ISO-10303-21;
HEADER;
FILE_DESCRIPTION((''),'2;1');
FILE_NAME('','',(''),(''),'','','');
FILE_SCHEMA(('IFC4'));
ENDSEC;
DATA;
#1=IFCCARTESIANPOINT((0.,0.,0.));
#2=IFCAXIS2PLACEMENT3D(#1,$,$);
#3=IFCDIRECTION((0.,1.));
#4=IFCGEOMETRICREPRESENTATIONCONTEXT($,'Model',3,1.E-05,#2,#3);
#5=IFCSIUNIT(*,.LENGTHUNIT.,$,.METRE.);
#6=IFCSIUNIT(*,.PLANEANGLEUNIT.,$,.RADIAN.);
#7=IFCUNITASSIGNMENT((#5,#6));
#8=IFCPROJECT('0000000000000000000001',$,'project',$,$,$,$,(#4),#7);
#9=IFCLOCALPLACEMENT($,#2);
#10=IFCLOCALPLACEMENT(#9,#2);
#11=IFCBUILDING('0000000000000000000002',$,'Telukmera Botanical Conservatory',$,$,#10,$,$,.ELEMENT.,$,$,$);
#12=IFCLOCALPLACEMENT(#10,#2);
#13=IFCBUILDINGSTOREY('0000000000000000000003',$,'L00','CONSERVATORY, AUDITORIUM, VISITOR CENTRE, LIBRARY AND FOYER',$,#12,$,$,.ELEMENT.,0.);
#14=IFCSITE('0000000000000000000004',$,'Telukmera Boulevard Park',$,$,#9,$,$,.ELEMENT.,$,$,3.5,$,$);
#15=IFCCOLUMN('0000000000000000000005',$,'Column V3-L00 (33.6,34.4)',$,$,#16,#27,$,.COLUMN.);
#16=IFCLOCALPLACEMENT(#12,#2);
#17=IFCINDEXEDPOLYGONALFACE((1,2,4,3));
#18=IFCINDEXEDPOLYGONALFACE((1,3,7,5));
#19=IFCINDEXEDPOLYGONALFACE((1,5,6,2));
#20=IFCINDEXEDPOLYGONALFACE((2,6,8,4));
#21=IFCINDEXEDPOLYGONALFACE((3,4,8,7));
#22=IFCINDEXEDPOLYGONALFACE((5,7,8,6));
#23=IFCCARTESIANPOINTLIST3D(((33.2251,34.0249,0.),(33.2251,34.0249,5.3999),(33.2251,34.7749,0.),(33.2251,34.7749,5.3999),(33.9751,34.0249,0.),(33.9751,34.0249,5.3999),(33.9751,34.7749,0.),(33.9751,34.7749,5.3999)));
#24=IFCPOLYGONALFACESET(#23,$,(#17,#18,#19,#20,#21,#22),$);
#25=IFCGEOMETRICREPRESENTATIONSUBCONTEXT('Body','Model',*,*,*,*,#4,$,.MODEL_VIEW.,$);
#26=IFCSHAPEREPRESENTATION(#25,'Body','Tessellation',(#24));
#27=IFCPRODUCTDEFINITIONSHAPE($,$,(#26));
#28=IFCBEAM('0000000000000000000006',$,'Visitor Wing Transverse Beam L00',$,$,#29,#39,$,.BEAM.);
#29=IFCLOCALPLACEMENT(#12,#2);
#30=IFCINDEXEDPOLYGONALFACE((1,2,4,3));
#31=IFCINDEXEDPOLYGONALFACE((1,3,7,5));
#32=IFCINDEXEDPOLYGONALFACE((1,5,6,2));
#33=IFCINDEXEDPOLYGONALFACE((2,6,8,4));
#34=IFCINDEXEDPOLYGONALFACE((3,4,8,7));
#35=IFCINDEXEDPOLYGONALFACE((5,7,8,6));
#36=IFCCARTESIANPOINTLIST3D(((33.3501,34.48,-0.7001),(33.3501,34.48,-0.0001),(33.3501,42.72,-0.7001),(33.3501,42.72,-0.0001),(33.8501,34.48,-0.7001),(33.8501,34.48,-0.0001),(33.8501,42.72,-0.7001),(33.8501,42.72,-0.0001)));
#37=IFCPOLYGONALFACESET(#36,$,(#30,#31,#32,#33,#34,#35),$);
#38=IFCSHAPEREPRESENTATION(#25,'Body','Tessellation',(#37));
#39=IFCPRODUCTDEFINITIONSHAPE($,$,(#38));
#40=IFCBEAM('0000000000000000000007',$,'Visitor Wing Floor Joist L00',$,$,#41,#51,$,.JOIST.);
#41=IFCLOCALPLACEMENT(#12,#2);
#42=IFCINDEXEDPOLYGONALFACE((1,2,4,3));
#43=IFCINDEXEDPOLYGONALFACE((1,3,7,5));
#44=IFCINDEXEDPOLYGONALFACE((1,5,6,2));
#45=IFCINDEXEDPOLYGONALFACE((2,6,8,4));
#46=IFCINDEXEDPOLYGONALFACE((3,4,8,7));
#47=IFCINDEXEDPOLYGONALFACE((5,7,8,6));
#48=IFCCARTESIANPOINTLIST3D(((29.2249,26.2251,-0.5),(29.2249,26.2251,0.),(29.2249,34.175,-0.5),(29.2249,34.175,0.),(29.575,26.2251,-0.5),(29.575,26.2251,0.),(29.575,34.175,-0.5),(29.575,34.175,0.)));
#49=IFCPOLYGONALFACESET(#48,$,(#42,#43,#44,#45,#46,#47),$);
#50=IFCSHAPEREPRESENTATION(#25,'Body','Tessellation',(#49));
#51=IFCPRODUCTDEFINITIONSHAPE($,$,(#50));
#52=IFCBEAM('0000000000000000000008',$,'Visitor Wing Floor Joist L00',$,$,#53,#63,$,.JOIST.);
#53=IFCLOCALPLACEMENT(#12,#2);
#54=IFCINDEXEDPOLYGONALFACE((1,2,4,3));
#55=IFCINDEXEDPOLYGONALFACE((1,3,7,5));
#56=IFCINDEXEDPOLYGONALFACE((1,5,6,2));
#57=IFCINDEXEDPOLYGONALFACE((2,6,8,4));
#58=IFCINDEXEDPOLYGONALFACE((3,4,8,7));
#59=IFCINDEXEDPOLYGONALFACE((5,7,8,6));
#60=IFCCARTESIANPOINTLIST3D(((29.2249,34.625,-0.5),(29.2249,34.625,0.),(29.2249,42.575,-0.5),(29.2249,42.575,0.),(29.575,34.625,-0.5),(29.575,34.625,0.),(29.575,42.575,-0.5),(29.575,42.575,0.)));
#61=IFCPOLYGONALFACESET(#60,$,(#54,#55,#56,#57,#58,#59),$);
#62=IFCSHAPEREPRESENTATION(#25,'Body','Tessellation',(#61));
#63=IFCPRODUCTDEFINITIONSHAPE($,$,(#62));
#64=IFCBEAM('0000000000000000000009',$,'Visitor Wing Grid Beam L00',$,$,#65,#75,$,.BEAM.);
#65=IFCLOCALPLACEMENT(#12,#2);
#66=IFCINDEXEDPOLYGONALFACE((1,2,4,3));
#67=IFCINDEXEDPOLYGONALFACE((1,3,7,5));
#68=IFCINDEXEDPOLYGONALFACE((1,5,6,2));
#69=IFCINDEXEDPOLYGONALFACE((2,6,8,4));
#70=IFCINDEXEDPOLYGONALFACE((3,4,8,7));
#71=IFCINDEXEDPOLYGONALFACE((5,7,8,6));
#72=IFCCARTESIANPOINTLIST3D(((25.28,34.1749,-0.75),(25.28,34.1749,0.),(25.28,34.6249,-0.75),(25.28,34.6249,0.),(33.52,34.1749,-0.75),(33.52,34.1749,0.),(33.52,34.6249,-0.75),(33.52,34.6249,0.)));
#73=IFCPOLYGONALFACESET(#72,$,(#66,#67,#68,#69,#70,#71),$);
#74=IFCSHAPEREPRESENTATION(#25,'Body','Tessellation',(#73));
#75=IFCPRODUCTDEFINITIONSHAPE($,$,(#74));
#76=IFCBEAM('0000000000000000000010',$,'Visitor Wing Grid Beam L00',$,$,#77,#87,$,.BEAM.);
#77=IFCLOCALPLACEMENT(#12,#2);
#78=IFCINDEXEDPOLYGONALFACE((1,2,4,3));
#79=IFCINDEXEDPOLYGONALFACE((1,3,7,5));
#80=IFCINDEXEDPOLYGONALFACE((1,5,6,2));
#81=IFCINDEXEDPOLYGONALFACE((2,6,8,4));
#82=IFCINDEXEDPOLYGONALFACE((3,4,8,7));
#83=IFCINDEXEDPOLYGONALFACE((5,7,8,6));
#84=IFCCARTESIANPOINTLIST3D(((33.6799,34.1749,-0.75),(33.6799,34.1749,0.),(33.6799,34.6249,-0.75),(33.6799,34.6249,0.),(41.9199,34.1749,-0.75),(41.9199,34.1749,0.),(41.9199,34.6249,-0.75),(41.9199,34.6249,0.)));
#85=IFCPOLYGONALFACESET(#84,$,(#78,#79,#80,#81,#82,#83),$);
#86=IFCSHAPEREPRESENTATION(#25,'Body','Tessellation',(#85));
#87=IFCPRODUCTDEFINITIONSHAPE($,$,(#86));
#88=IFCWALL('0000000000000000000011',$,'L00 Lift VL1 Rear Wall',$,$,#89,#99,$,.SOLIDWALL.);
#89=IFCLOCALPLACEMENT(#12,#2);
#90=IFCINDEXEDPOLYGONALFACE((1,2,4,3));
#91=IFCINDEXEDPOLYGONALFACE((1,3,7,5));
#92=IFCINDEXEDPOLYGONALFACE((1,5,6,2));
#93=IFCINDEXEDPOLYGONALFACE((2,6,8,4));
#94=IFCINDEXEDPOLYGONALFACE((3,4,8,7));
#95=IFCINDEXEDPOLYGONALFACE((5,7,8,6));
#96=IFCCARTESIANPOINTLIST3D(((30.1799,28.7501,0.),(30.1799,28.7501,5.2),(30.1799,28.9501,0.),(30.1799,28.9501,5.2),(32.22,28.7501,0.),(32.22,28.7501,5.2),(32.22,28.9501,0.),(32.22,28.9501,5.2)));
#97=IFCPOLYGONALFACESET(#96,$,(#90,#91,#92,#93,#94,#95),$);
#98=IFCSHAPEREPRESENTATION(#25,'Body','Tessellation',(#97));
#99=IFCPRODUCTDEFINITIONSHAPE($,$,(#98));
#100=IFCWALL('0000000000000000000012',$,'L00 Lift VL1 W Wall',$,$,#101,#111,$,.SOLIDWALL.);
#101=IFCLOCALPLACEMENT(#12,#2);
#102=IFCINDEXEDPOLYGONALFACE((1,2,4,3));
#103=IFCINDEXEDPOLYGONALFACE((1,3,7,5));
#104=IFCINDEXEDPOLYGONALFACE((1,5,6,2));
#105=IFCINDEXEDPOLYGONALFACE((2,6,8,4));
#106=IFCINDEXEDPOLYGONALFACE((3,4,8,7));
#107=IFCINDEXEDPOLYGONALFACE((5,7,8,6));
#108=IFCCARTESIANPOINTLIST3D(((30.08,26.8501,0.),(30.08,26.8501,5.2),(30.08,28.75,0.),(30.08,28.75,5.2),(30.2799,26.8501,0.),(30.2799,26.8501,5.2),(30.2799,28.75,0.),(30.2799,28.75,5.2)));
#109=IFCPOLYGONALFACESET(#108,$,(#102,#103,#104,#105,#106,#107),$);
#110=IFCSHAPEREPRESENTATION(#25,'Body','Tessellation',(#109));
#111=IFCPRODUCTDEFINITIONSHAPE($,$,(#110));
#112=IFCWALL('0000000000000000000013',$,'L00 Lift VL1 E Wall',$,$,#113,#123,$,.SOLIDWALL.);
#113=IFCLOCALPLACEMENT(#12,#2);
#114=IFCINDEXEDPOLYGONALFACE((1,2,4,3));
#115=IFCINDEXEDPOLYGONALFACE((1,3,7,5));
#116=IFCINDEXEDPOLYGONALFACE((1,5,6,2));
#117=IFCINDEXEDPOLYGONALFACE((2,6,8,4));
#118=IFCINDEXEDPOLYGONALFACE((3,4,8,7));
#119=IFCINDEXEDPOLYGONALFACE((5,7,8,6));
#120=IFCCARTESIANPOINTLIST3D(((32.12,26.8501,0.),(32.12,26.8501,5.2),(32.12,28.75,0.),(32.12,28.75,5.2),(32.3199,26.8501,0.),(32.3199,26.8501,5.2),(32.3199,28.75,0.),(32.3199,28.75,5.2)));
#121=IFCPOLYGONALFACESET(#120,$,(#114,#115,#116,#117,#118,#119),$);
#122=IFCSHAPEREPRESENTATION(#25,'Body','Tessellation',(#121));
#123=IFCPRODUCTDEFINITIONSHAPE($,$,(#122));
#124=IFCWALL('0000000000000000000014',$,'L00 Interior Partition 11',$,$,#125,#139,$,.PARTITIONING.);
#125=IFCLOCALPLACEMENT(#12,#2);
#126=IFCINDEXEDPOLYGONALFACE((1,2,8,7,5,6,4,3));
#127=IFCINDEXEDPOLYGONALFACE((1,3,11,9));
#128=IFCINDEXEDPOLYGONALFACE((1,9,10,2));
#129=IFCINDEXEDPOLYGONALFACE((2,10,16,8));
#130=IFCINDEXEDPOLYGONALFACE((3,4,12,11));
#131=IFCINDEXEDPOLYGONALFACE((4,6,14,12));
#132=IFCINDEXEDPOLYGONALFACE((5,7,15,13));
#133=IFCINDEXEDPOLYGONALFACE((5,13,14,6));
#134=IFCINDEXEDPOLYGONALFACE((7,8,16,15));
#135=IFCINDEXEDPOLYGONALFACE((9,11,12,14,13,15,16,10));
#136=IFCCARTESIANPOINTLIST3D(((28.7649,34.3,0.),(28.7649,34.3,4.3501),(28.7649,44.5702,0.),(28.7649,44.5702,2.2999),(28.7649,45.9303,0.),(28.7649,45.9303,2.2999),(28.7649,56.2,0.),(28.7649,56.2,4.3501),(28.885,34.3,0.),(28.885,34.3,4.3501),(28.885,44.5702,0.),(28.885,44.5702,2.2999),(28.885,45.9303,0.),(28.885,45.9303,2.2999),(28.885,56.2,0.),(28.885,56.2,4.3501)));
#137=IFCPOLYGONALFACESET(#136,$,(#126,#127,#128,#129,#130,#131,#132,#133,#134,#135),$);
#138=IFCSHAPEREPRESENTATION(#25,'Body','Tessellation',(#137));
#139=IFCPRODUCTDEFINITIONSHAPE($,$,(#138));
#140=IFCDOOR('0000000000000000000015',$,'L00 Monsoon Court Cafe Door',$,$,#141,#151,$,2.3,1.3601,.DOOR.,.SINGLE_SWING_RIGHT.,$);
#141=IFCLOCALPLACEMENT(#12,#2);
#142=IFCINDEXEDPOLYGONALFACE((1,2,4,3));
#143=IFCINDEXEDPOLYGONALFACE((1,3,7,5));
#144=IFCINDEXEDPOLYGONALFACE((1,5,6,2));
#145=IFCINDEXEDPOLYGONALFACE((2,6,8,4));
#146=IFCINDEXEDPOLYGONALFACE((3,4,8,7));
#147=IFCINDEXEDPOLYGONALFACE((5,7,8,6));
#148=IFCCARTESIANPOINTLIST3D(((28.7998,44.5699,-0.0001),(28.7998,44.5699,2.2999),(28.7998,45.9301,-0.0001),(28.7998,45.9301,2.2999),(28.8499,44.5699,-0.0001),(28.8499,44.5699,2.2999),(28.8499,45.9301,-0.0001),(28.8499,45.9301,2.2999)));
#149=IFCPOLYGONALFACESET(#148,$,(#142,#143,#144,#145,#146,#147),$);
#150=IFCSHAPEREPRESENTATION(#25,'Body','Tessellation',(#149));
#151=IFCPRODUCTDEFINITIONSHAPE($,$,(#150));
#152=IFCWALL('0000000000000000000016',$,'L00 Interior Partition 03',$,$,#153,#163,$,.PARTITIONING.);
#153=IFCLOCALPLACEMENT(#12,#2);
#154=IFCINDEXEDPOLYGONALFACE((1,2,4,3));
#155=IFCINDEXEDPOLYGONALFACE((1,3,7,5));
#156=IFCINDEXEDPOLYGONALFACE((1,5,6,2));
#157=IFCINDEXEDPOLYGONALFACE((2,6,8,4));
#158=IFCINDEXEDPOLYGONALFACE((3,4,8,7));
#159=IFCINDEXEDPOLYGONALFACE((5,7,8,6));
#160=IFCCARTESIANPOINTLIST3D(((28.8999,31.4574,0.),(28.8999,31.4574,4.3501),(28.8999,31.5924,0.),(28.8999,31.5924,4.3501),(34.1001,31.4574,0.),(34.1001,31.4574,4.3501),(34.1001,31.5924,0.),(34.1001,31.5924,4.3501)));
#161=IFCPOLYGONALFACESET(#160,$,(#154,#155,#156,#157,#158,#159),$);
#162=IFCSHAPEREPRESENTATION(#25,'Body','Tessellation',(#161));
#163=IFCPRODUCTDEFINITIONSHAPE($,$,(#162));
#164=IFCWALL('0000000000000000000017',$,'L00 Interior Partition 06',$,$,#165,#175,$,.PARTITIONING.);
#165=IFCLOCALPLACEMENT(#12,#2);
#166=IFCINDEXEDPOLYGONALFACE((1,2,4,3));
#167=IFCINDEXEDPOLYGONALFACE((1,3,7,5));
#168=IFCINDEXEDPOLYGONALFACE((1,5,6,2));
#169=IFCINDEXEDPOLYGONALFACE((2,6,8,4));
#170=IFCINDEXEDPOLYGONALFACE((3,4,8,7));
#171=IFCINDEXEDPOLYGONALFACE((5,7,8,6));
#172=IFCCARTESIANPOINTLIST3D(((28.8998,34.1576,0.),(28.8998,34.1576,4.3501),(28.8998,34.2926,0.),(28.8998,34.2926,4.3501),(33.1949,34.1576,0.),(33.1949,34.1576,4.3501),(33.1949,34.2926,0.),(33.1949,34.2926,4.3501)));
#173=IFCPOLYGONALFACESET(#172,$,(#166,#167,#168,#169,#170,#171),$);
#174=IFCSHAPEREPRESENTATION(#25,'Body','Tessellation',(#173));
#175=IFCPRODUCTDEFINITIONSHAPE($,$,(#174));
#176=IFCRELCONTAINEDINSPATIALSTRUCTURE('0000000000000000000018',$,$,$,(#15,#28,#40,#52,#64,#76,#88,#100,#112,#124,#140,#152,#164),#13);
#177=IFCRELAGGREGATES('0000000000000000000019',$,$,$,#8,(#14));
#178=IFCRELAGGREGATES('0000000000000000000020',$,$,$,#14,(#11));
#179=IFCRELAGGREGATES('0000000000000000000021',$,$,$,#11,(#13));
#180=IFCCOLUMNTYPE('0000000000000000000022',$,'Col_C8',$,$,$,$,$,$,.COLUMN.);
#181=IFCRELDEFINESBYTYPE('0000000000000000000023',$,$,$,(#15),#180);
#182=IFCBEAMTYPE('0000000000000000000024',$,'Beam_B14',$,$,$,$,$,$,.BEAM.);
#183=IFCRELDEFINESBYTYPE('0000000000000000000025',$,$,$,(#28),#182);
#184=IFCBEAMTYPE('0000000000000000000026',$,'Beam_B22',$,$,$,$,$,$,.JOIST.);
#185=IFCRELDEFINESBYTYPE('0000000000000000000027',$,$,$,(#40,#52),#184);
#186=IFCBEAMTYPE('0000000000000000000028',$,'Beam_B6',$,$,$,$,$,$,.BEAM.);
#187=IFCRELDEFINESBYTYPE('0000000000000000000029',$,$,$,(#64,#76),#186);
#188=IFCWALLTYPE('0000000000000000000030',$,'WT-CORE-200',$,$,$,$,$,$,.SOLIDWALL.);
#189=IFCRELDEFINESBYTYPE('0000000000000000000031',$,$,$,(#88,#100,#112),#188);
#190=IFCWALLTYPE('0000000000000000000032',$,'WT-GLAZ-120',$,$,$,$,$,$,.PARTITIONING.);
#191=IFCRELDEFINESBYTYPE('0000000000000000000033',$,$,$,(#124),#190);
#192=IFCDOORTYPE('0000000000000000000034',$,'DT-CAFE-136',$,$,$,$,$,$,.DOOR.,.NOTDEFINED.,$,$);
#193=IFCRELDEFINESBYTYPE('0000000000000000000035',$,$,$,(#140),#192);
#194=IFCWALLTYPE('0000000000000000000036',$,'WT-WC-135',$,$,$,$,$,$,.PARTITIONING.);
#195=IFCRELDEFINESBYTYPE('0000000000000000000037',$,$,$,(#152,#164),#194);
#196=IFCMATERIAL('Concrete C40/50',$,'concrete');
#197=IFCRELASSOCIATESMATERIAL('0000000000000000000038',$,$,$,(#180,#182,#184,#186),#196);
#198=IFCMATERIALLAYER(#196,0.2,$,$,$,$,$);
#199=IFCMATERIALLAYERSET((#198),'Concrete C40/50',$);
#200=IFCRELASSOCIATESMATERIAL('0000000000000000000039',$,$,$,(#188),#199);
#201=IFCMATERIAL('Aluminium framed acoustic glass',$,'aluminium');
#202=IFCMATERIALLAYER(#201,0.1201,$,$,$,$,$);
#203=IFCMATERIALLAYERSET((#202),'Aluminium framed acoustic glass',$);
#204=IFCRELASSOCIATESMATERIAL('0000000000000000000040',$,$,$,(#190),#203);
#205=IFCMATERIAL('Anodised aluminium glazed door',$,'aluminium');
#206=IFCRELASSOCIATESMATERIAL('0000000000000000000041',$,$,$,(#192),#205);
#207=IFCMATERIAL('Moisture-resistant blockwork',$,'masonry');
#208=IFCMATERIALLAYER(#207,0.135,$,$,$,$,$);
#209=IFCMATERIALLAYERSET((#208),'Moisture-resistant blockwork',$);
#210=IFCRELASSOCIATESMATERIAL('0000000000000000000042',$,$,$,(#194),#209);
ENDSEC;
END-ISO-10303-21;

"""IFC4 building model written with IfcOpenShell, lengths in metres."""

from ifc_helpers import new_model, si_unit, direction, frame, frame_2d, origin, origin_2d, place, context, subcontext, project, spatial, rectangle, extrude, material, layer, layer_set, material_profile, profile_set, type_object, element, fill, save


model = new_model("IFC4")

# Units and contexts
model_context = context("Model", 3, precision=1e-05, world=origin(), true_north=direction((0.0, 1.0)))
body_context = subcontext(model_context, "Body", "Model", "MODEL_VIEW")
ifc_project = project(units=[si_unit("LENGTHUNIT", "METRE"), si_unit("PLANEANGLEUNIT", "RADIAN")], contexts=[model_context])

# Site, building, storey
site_placement = place(None, origin())
site = spatial("IfcSite", under=ifc_project, at=site_placement, Name="Telukmera Boulevard Park", CompositionType="ELEMENT", RefElevation=3.5)
building_placement = place(site_placement, origin())
building = spatial("IfcBuilding", under=site, at=building_placement, Name="Telukmera Botanical Conservatory", CompositionType="ELEMENT")
storey_placement = place(building_placement, origin())
storey = spatial("IfcBuildingStorey", under=building, at=storey_placement, Name="L00", Description="CONSERVATORY, AUDITORIUM, VISITOR CENTRE, LIBRARY AND FOYER", CompositionType="ELEMENT", Elevation=0.0)

# Column
ifc_material_1 = material(Name="Concrete C40/50", Category="concrete")
ifc_material_profile_1 = material_profile(ifc_material_1, rectangle(XDim=0.75, YDim=0.75, at=origin_2d()), Name="RC 750x750")
ifc_profile_set_1 = profile_set([ifc_material_profile_1], Name="Concrete C40/50")
column_type = type_object("IfcColumnType", Name="Col_C8", PredefinedType="COLUMN", material=ifc_profile_set_1)
column_placement = place(storey_placement, frame((33.6001, 34.3999, 0.0), z_axis=(0.0, 0.0, 1.0), x_axis=(1.0, 0.0, 0.0)))
element("IfcColumn", 1, at=column_placement, inside=storey, type_object=column_type, Name="Column V3-L00 (33.6,34.4)", PredefinedType="COLUMN", context=body_context, shape_type="SweptSolid", body=[
    extrude(rectangle(XDim=0.75, YDim=0.75, at=origin_2d()), origin(), (0.0, 0.0, 1.0), 5.3999),
])

# Beams
ifc_material_profile_2 = material_profile(ifc_material_1, rectangle(XDim=0.5, YDim=0.7, at=origin_2d()), Name="RC 500x700")
ifc_profile_set_2 = profile_set([ifc_material_profile_2], Name="Concrete C40/50")
beam_type_1 = type_object("IfcBeamType", Name="Beam_B14", PredefinedType="BEAM", material=ifc_profile_set_2)
beam_placement = place(storey_placement, frame((33.6001, 34.48, -0.3501), z_axis=(0.0, 1.0, 0.0), x_axis=(-1.0, 0.0, 0.0)))
element("IfcBeam", 2, at=beam_placement, inside=storey, type_object=beam_type_1, Name="Visitor Wing Transverse Beam L00", PredefinedType="BEAM", context=body_context, shape_type="SweptSolid", body=[
    extrude(rectangle(XDim=0.5, YDim=0.7, at=origin_2d()), origin(), (0.0, 0.0, 1.0), 8.24),
])
ifc_material_profile_3 = material_profile(ifc_material_1, rectangle(XDim=0.3501, YDim=0.5, at=origin_2d()), Name="RC 350x500")
ifc_profile_set_3 = profile_set([ifc_material_profile_3], Name="Concrete C40/50")
beam_type_2 = type_object("IfcBeamType", Name="Beam_B22", PredefinedType="JOIST", material=ifc_profile_set_3)
for number, where, z_axis, x_axis, name in (
    (3, (29.3999, 26.2251, -0.25), (0.0, 1.0, 0.0), (-1.0, 0.0, 0.0), "Visitor Wing Floor Joist L00"),
    (4, (29.3999, 34.625, -0.25), (0.0, 1.0, 0.0), (-1.0, 0.0, 0.0), "Visitor Wing Floor Joist L00"),
):
    element("IfcBeam", number, at=place(storey_placement, frame(where, z_axis=z_axis, x_axis=x_axis)), inside=storey, type_object=beam_type_2, Name=name, PredefinedType="JOIST", context=body_context, shape_type="SweptSolid", body=[
        extrude(rectangle(XDim=0.3501, YDim=0.5, at=origin_2d()), origin(), (0.0, 0.0, 1.0), 7.95),
    ])
ifc_material_profile_4 = material_profile(ifc_material_1, rectangle(XDim=0.45, YDim=0.75, at=origin_2d()), Name="RC 450x750")
ifc_profile_set_4 = profile_set([ifc_material_profile_4], Name="Concrete C40/50")
beam_type_3 = type_object("IfcBeamType", Name="Beam_B6", PredefinedType="BEAM", material=ifc_profile_set_4)
for number, where, z_axis, x_axis, name in (
    (5, (25.28, 34.3999, -0.375), (1.0, 0.0, 0.0), (0.0, 1.0, 0.0), "Visitor Wing Grid Beam L00"),
    (6, (33.6799, 34.3999, -0.375), (1.0, 0.0, 0.0), (0.0, 1.0, 0.0), "Visitor Wing Grid Beam L00"),
):
    element("IfcBeam", number, at=place(storey_placement, frame(where, z_axis=z_axis, x_axis=x_axis)), inside=storey, type_object=beam_type_3, Name=name, PredefinedType="BEAM", context=body_context, shape_type="SweptSolid", body=[
        extrude(rectangle(XDim=0.45, YDim=0.75, at=origin_2d()), origin(), (0.0, 0.0, 1.0), 8.24),
    ])

# Shared definitions
ifc_layer_1 = layer(ifc_material_1, 0.2)
ifc_layer_set_1 = layer_set([ifc_layer_1], Name="Concrete C40/50")
wall_type_1 = type_object("IfcWallType", Name="WT-CORE-200", PredefinedType="SOLIDWALL", material=ifc_layer_set_1)

# Walls
wall_1_placement = place(storey_placement, frame((30.1799, 28.8501, 0.0), z_axis=(0.0, 0.0, 1.0), x_axis=(1.0, 0.0, 0.0)))
element("IfcWall", 7, at=wall_1_placement, inside=storey, type_object=wall_type_1, Name="L00 Lift VL1 Rear Wall", PredefinedType="SOLIDWALL", context=body_context, shape_type="SweptSolid", body=[
    extrude(rectangle(XDim=2.04, YDim=0.2, at=frame_2d((1.02, 0.0))), origin(), (0.0, 0.0, 1.0), 5.2),
])
for number, where, z_axis, x_axis, name in (
    (8, (30.1799, 26.8501, 0.0), (0.0, 0.0, 1.0), (0.0, 1.0, 0.0), "L00 Lift VL1 W Wall"),
    (9, (32.22, 26.8501, 0.0), (0.0, 0.0, 1.0), (0.0, 1.0, 0.0), "L00 Lift VL1 E Wall"),
):
    element("IfcWall", number, at=place(storey_placement, frame(where, z_axis=z_axis, x_axis=x_axis)), inside=storey, type_object=wall_type_1, Name=name, PredefinedType="SOLIDWALL", context=body_context, shape_type="SweptSolid", body=[
        extrude(rectangle(XDim=1.8999, YDim=0.2, at=frame_2d((0.95, 0.0))), origin(), (0.0, 0.0, 1.0), 5.2),
    ])

# Wall, opening, door
ifc_material_2 = material(Name="Aluminium framed acoustic glass", Category="aluminium")
ifc_layer_2 = layer(ifc_material_2, 0.1201)
ifc_layer_set_2 = layer_set([ifc_layer_2], Name="Aluminium framed acoustic glass")
wall_type_2 = type_object("IfcWallType", Name="WT-GLAZ-120", PredefinedType="PARTITIONING", material=ifc_layer_set_2)
wall_2_placement = place(storey_placement, frame((28.825, 34.3, 0.0), z_axis=(0.0, 0.0, 1.0), x_axis=(0.0, 1.0, 0.0)))
wall_2 = element("IfcWall", 10, at=wall_2_placement, inside=storey, type_object=wall_type_2, Name="L00 Interior Partition 11", PredefinedType="PARTITIONING", context=body_context, shape_type="SweptSolid", body=[
    extrude(rectangle(XDim=21.8999, YDim=0.1201, at=frame_2d((10.95, 0.0))), origin(), (0.0, 0.0, 1.0), 4.3501),
])
opening_1_placement = place(wall_2_placement, frame((10.27, 0.0, 0.0)))
opening_1 = element("IfcOpeningElement", 11, at=opening_1_placement, cuts=wall_2, PredefinedType="OPENING", context=body_context, shape_type="SweptSolid", body=[
    extrude(rectangle(XDim=1.3601, YDim=2.3, at=frame_2d((0.6802, 1.1499))), frame((0.0, 0.0701, 0.0), z_axis=(0.0, -1.0, 0.0), x_axis=(1.0, 0.0, 0.0)), (0.0, 0.0, 1.0), 0.1401),
])
ifc_material_3 = material(Name="Anodised aluminium glazed door", Category="aluminium")
door_type_1 = type_object("IfcDoorType", Name="DT-CAFE-136", OperationType="NOTDEFINED", PredefinedType="DOOR", material=ifc_material_3)
door_1_placement = place(opening_1_placement, frame((1.3601, 0.0, 0.0), z_axis=(0.0, 0.0, 1.0), x_axis=(-1.0, 0.0, 0.0)))
door_1 = element("IfcDoor", 12, at=door_1_placement, inside=storey, type_object=door_type_1, Name="L00 Monsoon Court Cafe Door", OperationType="SINGLE_SWING_RIGHT", OverallHeight=2.3, OverallWidth=1.3601, PredefinedType="DOOR", context=body_context, shape_type="SweptSolid", body=[
    extrude(rectangle(XDim=1.3601, YDim=2.3, at=frame_2d((0.6802, 1.1499))), frame((0.0, 0.0249, 0.0), z_axis=(0.0, -1.0, 0.0), x_axis=(1.0, 0.0, 0.0)), (0.0, 0.0, 1.0), 0.05),
])
fill(opening_1, door_1)

# Wall
ifc_material_4 = material(Name="Moisture-resistant blockwork", Category="masonry")
ifc_layer_3 = layer(ifc_material_4, 0.135)
ifc_layer_set_3 = layer_set([ifc_layer_3], Name="Moisture-resistant blockwork")
wall_type_3 = type_object("IfcWallType", Name="WT-WC-135", PredefinedType="PARTITIONING", material=ifc_layer_set_3)
wall_3_placement = place(storey_placement, frame((28.8999, 31.5249, 0.0), z_axis=(0.0, 0.0, 1.0), x_axis=(1.0, 0.0, 0.0)))
element("IfcWall", 13, at=wall_3_placement, inside=storey, type_object=wall_type_3, Name="L00 Interior Partition 03", PredefinedType="PARTITIONING", context=body_context, shape_type="SweptSolid", body=[
    extrude(rectangle(XDim=5.2002, YDim=0.135, at=frame_2d((2.6001, 0.0))), origin(), (0.0, 0.0, 1.0), 4.3501),
])

# Wall
wall_4_placement = place(storey_placement, frame((28.8999, 34.2251, 0.0), z_axis=(0.0, 0.0, 1.0), x_axis=(1.0, 0.0, 0.0)))
element("IfcWall", 14, at=wall_4_placement, inside=storey, type_object=wall_type_3, Name="L00 Interior Partition 06", PredefinedType="PARTITIONING", context=body_context, shape_type="SweptSolid", body=[
    extrude(rectangle(XDim=4.2952, YDim=0.135, at=frame_2d((2.1475, 0.0))), origin(), (0.0, 0.0, 1.0), 4.3501),
])

save(model, "model.ifc")
